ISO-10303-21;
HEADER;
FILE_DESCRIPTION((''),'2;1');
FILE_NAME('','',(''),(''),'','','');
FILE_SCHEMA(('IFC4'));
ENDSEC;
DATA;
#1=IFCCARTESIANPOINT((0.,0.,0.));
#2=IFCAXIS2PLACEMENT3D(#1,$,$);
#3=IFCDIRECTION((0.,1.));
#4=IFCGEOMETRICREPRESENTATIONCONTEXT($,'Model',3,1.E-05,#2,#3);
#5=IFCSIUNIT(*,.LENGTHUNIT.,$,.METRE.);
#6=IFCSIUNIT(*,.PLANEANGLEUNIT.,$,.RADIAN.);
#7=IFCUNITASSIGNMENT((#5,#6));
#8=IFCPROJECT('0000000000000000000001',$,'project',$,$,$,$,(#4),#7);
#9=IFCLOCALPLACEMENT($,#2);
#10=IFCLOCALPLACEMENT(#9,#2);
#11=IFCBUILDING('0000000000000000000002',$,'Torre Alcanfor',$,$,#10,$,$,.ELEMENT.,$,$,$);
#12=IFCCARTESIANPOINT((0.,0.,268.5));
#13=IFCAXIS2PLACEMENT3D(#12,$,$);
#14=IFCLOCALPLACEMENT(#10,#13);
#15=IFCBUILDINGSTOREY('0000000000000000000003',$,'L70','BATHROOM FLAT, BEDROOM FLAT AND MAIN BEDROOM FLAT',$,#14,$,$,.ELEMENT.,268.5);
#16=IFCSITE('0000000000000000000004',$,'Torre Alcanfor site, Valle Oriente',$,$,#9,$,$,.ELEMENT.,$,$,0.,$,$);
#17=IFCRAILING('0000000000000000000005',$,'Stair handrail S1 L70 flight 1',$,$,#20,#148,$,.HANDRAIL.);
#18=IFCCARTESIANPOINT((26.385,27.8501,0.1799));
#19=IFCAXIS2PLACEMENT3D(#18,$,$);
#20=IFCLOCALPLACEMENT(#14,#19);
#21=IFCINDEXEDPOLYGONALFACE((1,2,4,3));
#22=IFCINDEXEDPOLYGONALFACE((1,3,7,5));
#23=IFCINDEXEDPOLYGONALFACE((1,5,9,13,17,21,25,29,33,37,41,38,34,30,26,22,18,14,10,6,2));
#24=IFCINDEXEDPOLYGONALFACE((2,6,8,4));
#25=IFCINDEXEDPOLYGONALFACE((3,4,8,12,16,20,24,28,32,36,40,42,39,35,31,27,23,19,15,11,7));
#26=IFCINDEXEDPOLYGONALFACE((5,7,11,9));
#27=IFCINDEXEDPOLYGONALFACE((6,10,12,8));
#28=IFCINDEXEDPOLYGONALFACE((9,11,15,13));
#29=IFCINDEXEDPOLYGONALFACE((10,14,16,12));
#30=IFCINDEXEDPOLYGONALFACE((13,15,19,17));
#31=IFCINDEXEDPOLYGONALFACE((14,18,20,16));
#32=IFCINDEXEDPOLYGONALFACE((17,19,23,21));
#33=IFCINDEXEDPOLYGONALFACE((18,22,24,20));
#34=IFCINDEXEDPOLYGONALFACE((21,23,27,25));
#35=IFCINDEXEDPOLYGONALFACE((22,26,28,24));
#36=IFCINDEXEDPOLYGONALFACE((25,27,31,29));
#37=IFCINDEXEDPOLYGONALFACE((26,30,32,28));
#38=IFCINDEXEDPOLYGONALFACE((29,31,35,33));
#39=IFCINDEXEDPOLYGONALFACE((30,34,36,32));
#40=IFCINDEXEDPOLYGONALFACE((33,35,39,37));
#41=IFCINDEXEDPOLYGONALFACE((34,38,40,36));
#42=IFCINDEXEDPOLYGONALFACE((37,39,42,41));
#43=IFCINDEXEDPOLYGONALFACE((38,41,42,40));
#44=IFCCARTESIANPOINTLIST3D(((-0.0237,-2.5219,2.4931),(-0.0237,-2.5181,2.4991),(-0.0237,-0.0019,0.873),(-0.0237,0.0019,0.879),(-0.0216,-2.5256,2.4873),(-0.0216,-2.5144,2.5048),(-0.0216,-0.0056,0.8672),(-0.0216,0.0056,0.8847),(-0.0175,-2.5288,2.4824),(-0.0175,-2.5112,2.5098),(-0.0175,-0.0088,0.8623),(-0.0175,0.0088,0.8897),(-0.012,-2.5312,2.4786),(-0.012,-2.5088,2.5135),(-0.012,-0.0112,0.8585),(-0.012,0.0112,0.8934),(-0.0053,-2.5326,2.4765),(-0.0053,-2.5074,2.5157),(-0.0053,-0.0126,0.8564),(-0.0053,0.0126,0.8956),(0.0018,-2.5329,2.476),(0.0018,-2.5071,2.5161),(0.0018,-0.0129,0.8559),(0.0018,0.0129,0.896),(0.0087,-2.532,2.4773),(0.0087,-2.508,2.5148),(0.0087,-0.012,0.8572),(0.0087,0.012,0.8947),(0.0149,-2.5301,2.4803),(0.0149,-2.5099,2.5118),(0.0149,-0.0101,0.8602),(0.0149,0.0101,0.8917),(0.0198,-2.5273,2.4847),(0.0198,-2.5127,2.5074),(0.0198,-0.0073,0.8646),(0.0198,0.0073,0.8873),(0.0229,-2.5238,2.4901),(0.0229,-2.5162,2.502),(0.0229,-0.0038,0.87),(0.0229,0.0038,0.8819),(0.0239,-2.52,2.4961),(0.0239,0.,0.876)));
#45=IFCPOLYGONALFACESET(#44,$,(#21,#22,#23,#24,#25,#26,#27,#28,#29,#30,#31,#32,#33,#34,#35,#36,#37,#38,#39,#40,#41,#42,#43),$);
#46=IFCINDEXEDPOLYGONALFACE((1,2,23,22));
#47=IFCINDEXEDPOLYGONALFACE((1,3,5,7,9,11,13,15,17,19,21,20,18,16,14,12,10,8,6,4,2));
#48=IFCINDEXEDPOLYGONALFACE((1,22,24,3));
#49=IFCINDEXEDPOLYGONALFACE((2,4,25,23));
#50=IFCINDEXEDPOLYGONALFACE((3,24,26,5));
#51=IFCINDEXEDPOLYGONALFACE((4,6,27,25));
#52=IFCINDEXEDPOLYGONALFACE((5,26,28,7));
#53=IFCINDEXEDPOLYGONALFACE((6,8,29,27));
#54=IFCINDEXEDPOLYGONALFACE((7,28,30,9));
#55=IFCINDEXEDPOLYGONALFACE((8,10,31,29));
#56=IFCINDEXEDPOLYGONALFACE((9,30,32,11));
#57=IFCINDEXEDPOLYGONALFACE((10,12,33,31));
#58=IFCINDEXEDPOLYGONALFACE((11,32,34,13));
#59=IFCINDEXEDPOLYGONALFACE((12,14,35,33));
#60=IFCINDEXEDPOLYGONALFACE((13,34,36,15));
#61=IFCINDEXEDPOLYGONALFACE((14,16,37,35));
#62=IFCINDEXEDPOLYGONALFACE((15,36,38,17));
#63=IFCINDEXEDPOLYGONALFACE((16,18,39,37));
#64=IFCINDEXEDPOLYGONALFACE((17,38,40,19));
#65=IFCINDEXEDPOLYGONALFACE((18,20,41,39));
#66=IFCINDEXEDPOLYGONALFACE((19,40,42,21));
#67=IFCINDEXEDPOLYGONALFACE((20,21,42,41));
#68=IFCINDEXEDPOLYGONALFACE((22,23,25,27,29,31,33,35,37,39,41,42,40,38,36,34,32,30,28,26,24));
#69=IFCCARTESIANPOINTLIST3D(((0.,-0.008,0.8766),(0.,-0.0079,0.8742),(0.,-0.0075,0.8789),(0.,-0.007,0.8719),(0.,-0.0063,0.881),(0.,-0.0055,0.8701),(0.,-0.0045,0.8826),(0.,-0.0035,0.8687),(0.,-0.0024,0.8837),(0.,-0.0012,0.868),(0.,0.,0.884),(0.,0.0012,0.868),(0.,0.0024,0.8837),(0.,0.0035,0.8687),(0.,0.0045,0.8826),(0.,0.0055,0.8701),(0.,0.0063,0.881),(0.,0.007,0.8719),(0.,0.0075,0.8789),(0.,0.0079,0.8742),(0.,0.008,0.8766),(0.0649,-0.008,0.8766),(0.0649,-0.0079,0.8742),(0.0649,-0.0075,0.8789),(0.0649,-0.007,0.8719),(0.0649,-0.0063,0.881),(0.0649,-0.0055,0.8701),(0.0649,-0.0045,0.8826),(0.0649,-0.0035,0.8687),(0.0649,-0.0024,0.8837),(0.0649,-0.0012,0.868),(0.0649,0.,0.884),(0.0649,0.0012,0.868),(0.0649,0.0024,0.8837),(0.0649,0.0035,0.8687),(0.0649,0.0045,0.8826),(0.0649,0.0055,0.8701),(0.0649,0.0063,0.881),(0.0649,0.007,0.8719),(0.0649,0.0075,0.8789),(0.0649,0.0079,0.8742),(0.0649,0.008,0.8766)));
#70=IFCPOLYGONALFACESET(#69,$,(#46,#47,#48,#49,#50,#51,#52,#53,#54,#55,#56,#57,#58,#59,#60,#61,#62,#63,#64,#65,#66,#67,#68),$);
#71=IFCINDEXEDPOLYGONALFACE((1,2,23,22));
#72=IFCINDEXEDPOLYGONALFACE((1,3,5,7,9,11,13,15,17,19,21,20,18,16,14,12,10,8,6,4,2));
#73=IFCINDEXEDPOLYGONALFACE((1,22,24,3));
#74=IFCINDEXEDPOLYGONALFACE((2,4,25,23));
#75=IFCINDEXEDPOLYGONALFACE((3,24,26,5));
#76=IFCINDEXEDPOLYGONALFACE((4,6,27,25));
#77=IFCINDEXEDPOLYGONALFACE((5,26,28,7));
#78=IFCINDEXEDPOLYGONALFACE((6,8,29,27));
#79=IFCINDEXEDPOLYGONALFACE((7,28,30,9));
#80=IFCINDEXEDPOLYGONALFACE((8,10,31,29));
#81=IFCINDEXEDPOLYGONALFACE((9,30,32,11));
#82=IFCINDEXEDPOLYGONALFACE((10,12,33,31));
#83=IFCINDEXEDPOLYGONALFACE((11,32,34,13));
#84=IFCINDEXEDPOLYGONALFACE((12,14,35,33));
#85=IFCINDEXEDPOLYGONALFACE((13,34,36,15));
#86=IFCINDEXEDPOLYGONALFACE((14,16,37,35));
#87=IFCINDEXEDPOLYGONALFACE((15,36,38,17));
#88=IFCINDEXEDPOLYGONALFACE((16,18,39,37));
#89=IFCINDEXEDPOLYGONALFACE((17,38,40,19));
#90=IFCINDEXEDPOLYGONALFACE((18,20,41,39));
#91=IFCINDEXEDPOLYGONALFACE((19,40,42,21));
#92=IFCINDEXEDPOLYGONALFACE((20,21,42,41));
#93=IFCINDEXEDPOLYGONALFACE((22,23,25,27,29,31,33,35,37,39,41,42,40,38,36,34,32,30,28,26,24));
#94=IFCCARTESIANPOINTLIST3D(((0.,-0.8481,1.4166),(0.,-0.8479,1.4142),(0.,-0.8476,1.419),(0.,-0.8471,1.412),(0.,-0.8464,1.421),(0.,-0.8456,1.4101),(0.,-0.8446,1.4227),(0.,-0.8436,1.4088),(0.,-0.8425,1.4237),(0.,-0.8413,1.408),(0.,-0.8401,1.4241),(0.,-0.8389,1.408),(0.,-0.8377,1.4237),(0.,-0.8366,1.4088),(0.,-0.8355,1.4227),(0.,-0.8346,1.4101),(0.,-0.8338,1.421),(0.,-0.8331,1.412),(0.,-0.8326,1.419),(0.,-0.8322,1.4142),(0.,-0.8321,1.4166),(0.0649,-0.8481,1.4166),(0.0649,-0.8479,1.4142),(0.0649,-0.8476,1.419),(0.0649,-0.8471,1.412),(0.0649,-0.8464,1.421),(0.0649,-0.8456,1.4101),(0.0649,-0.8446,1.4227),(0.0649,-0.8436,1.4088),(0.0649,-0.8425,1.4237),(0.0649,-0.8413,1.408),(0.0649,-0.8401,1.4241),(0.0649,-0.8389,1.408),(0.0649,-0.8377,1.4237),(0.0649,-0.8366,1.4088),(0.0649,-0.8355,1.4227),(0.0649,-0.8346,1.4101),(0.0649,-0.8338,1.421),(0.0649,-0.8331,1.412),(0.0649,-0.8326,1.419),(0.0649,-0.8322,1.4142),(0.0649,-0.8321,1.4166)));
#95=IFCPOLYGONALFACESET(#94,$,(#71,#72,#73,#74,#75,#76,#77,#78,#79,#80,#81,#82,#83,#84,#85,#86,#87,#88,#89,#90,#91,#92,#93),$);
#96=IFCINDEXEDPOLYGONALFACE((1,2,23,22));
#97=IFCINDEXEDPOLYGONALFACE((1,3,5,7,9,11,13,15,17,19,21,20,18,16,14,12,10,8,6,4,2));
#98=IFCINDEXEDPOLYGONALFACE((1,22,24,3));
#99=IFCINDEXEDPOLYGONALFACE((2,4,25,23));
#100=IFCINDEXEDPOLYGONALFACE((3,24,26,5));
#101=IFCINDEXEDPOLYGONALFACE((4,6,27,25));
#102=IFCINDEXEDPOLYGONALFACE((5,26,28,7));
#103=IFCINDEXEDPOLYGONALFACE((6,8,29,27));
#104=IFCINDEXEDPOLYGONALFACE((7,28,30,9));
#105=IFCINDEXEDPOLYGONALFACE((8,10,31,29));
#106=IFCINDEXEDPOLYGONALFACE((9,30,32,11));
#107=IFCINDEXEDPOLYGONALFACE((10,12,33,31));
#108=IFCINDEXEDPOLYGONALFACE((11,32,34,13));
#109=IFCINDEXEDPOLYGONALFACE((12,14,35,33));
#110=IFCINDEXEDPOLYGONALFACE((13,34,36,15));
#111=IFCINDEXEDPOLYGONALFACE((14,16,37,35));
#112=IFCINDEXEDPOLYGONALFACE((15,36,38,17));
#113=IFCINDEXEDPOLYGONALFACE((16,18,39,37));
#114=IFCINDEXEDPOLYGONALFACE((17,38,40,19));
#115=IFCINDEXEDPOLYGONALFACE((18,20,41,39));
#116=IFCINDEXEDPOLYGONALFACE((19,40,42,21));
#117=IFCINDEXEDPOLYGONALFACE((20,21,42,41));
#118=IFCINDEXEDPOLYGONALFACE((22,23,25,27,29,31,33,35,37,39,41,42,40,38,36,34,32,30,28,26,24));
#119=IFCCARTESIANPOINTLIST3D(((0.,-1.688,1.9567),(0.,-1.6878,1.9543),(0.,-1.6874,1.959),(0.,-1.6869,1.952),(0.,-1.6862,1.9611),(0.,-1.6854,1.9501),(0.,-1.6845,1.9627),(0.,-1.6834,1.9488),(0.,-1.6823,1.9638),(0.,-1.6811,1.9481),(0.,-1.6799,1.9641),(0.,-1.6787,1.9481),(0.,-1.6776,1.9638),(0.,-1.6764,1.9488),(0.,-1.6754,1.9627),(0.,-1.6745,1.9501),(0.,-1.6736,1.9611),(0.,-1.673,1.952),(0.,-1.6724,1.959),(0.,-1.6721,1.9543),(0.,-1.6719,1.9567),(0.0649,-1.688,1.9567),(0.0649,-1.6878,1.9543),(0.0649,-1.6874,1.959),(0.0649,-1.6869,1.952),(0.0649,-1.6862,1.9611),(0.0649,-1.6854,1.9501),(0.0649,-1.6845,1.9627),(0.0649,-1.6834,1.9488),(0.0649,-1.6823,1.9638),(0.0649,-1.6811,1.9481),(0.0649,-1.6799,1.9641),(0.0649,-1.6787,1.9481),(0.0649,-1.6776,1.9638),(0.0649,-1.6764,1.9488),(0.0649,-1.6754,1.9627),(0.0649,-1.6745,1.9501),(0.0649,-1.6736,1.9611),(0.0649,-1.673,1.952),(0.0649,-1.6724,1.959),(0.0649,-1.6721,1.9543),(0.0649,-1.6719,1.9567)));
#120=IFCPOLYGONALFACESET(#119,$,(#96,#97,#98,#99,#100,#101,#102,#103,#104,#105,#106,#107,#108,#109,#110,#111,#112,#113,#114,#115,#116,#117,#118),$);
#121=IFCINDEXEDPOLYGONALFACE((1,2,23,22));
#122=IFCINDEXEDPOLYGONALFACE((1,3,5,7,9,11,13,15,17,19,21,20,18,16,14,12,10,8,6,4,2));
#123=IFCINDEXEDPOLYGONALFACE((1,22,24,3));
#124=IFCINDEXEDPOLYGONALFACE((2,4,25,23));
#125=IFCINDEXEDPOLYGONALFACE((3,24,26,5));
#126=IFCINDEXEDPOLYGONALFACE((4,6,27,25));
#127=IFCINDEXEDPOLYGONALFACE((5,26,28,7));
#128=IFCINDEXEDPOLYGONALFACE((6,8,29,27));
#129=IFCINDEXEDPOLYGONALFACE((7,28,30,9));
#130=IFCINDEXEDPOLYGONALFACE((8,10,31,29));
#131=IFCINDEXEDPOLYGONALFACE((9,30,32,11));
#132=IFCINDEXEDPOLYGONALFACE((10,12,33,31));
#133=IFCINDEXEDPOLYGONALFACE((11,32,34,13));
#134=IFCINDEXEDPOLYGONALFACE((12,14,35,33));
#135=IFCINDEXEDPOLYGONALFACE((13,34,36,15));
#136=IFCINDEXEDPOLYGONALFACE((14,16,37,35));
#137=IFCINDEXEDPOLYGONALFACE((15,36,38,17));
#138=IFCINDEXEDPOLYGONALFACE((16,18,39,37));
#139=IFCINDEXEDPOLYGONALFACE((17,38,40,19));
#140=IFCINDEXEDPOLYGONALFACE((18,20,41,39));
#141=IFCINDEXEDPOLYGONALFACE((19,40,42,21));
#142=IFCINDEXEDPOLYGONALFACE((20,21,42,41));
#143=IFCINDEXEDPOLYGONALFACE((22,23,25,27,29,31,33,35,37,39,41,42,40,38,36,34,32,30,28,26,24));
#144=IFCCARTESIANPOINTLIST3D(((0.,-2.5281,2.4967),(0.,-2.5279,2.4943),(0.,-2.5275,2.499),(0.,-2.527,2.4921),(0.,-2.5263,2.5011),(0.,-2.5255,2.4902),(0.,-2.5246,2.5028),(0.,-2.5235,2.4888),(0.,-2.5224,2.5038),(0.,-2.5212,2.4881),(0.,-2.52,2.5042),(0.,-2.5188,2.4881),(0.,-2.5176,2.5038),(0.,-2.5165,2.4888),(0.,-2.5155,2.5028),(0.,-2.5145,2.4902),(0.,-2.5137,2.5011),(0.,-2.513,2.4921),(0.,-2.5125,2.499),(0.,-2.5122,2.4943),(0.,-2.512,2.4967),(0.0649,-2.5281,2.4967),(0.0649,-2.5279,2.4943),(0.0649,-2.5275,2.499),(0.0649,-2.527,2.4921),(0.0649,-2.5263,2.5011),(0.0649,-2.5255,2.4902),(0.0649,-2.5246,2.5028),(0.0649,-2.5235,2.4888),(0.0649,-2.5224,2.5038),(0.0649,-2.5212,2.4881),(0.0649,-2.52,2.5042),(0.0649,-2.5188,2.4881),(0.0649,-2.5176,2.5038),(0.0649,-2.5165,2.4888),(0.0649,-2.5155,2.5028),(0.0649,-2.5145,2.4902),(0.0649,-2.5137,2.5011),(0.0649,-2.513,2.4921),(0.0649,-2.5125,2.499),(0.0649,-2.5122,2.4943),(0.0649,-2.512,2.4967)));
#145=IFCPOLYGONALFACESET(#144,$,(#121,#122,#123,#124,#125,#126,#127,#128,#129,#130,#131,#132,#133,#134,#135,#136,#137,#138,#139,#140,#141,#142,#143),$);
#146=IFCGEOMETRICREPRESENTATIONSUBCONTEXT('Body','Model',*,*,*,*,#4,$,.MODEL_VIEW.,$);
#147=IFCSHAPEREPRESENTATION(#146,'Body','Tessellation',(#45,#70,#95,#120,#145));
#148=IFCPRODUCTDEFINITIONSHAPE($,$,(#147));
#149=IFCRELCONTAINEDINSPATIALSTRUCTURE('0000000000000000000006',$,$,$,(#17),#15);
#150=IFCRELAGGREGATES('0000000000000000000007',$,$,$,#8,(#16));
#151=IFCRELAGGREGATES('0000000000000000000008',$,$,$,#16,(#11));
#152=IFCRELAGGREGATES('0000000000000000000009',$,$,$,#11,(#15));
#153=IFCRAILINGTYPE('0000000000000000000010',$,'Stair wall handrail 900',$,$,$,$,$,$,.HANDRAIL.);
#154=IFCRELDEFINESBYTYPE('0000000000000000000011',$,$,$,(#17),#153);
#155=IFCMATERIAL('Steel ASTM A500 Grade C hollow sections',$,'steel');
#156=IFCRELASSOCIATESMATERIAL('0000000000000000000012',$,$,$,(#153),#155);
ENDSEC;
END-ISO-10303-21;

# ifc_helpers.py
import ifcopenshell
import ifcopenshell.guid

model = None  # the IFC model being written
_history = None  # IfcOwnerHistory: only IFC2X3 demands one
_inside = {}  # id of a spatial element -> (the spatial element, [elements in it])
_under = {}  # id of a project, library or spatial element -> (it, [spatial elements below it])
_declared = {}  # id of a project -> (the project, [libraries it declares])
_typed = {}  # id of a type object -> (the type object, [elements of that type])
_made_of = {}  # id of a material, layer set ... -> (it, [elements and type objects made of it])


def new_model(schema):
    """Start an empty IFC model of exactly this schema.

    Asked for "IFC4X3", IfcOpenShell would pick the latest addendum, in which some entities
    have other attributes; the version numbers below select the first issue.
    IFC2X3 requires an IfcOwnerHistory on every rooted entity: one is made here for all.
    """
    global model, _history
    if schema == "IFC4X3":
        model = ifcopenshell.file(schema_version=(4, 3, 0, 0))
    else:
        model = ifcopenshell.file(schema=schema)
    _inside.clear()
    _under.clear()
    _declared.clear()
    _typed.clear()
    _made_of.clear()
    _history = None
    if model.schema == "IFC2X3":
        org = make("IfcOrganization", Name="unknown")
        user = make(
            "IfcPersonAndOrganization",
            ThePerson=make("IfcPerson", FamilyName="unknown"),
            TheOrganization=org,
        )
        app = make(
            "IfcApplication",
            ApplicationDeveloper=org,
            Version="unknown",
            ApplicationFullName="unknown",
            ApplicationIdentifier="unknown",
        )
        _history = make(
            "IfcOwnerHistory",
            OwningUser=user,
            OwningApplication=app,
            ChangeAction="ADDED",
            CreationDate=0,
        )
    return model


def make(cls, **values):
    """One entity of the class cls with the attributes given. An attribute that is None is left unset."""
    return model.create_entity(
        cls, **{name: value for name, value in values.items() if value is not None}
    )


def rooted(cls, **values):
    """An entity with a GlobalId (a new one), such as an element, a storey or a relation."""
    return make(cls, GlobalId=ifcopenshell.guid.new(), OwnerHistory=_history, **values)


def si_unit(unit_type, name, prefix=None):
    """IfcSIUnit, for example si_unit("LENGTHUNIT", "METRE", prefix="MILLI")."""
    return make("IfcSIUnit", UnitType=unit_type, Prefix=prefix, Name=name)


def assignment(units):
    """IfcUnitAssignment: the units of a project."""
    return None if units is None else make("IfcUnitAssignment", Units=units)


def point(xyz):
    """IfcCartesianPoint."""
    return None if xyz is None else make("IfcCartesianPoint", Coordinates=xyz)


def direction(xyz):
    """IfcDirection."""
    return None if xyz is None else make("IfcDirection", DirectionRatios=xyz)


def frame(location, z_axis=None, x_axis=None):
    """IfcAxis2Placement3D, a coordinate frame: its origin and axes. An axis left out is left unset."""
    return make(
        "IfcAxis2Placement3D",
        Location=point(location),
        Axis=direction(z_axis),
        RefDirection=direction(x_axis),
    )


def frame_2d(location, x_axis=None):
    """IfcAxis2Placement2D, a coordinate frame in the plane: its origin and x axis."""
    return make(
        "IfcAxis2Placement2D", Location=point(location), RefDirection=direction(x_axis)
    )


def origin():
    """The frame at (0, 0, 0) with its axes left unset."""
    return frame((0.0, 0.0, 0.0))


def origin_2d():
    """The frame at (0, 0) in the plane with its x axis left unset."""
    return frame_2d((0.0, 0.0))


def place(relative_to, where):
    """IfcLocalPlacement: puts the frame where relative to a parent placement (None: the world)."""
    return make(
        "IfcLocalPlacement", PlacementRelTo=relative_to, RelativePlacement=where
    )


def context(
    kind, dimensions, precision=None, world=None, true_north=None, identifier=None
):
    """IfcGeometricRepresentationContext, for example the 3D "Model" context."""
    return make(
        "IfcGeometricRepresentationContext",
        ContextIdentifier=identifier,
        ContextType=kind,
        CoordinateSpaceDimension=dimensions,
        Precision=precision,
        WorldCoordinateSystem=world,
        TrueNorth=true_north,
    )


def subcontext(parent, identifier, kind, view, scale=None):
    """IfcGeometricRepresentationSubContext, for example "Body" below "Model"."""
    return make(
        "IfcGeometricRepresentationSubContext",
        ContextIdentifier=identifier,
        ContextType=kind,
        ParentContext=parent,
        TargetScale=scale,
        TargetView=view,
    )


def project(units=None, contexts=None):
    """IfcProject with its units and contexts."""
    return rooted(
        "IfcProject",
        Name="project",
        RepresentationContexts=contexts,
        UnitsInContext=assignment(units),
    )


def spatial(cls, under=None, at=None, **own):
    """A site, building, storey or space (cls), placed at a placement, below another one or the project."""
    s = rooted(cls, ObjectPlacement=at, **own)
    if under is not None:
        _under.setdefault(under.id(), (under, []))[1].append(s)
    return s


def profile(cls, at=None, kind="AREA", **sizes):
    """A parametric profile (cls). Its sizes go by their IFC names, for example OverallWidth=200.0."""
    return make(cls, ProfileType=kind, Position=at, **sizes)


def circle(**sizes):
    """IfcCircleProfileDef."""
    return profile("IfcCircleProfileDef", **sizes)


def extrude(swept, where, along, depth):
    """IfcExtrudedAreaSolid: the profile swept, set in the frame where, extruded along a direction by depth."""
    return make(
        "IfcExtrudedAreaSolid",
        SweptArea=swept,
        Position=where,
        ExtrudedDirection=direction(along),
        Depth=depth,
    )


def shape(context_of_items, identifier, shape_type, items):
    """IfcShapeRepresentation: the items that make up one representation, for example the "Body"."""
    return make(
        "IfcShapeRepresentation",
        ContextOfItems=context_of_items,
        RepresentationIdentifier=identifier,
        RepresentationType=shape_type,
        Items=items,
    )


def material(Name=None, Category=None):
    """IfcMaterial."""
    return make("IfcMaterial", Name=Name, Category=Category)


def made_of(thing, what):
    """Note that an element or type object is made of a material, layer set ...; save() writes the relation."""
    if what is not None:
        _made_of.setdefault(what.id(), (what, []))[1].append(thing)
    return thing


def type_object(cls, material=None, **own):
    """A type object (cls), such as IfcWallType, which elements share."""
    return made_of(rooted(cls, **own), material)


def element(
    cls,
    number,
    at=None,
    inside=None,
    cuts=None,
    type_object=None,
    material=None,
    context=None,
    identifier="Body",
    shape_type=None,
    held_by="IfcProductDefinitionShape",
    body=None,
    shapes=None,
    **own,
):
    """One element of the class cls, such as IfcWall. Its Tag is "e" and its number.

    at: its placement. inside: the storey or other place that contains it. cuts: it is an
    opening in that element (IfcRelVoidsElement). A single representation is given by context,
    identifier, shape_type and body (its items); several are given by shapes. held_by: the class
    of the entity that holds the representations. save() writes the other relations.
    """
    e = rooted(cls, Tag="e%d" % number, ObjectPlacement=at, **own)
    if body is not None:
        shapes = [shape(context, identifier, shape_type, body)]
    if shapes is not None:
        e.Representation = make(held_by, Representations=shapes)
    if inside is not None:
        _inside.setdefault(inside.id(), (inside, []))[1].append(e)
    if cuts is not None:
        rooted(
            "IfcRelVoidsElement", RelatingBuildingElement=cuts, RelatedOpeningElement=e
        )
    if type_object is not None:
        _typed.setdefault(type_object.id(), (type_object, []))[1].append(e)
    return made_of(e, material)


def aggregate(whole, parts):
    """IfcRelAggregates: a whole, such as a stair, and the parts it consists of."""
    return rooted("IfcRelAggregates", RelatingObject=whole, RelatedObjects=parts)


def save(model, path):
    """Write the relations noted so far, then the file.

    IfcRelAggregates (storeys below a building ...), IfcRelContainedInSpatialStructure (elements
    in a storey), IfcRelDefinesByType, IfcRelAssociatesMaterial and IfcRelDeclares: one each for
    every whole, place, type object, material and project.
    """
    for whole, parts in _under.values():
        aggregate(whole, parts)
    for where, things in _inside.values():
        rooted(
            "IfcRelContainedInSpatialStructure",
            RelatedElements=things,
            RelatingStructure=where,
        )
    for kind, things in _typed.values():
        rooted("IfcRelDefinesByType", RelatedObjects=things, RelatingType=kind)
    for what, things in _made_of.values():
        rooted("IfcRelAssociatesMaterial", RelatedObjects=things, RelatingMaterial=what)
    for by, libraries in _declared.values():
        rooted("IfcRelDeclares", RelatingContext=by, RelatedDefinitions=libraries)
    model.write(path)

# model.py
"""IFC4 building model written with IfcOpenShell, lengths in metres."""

from ifc_helpers import new_model, si_unit, direction, frame, origin, origin_2d, place, context, subcontext, project, spatial, circle, extrude, material, type_object, element, save


model = new_model("IFC4")

# Units and contexts
model_context = context("Model", 3, precision=1e-05, world=origin(), true_north=direction((0.0, 1.0)))
body_context = subcontext(model_context, "Body", "Model", "MODEL_VIEW")
ifc_project = project(units=[si_unit("LENGTHUNIT", "METRE"), si_unit("PLANEANGLEUNIT", "RADIAN")], contexts=[model_context])

# Site, building, storey
site_placement = place(None, origin())
site = spatial("IfcSite", under=ifc_project, at=site_placement, Name="Torre Alcanfor site, Valle Oriente", CompositionType="ELEMENT", RefElevation=0.0)
building_placement = place(site_placement, origin())
building = spatial("IfcBuilding", under=site, at=building_placement, Name="Torre Alcanfor", CompositionType="ELEMENT")
storey_placement = place(building_placement, frame((0.0, 0.0, 268.5)))
storey = spatial("IfcBuildingStorey", under=building, at=storey_placement, Name="L70", Description="BATHROOM FLAT, BEDROOM FLAT AND MAIN BEDROOM FLAT", CompositionType="ELEMENT", Elevation=268.5)

# Railing
ifc_material_1 = material(Name="Steel ASTM A500 Grade C hollow sections", Category="steel")
railing_type_1 = type_object("IfcRailingType", Name="Stair wall handrail 900", PredefinedType="HANDRAIL", material=ifc_material_1)
railing_1_placement = place(storey_placement, frame((26.385, 27.8501, 0.1799)))
element("IfcRailing", 1, at=railing_1_placement, inside=storey, type_object=railing_type_1, Name="Stair handrail S1 L70 flight 1", PredefinedType="HANDRAIL", context=body_context, shape_type="SweptSolid", body=[
    extrude(circle(Radius=0.0239, at=origin_2d()), frame((0.0, 0.0, 0.876), z_axis=(0.0, -0.841163, 0.540782), x_axis=(1.0, 0.0, 0.0)), (0.0, 0.0, 1.0), 2.9958),
    extrude(circle(Radius=0.0081, at=origin_2d()), frame((0.0, 0.0, 0.876), z_axis=(1.0, 0.0, 0.0), x_axis=(0.0, 0.0, 1.0)), (0.0, 0.0, 1.0), 0.0649),
    extrude(circle(Radius=0.0081, at=origin_2d()), frame((0.0, -0.8401, 1.416), z_axis=(1.0, 0.0, 0.0), x_axis=(0.0, 0.0, 1.0)), (0.0, 0.0, 1.0), 0.0649),
    extrude(circle(Radius=0.0081, at=origin_2d()), frame((0.0, -1.6799, 1.9561), z_axis=(1.0, 0.0, 0.0), x_axis=(0.0, 0.0, 1.0)), (0.0, 0.0, 1.0), 0.0649),
    extrude(circle(Radius=0.0081, at=origin_2d()), frame((0.0, -2.52, 2.4961), z_axis=(1.0, 0.0, 0.0), x_axis=(0.0, 0.0, 1.0)), (0.0, 0.0, 1.0), 0.0649),
])

save(model, "model.ifc")
